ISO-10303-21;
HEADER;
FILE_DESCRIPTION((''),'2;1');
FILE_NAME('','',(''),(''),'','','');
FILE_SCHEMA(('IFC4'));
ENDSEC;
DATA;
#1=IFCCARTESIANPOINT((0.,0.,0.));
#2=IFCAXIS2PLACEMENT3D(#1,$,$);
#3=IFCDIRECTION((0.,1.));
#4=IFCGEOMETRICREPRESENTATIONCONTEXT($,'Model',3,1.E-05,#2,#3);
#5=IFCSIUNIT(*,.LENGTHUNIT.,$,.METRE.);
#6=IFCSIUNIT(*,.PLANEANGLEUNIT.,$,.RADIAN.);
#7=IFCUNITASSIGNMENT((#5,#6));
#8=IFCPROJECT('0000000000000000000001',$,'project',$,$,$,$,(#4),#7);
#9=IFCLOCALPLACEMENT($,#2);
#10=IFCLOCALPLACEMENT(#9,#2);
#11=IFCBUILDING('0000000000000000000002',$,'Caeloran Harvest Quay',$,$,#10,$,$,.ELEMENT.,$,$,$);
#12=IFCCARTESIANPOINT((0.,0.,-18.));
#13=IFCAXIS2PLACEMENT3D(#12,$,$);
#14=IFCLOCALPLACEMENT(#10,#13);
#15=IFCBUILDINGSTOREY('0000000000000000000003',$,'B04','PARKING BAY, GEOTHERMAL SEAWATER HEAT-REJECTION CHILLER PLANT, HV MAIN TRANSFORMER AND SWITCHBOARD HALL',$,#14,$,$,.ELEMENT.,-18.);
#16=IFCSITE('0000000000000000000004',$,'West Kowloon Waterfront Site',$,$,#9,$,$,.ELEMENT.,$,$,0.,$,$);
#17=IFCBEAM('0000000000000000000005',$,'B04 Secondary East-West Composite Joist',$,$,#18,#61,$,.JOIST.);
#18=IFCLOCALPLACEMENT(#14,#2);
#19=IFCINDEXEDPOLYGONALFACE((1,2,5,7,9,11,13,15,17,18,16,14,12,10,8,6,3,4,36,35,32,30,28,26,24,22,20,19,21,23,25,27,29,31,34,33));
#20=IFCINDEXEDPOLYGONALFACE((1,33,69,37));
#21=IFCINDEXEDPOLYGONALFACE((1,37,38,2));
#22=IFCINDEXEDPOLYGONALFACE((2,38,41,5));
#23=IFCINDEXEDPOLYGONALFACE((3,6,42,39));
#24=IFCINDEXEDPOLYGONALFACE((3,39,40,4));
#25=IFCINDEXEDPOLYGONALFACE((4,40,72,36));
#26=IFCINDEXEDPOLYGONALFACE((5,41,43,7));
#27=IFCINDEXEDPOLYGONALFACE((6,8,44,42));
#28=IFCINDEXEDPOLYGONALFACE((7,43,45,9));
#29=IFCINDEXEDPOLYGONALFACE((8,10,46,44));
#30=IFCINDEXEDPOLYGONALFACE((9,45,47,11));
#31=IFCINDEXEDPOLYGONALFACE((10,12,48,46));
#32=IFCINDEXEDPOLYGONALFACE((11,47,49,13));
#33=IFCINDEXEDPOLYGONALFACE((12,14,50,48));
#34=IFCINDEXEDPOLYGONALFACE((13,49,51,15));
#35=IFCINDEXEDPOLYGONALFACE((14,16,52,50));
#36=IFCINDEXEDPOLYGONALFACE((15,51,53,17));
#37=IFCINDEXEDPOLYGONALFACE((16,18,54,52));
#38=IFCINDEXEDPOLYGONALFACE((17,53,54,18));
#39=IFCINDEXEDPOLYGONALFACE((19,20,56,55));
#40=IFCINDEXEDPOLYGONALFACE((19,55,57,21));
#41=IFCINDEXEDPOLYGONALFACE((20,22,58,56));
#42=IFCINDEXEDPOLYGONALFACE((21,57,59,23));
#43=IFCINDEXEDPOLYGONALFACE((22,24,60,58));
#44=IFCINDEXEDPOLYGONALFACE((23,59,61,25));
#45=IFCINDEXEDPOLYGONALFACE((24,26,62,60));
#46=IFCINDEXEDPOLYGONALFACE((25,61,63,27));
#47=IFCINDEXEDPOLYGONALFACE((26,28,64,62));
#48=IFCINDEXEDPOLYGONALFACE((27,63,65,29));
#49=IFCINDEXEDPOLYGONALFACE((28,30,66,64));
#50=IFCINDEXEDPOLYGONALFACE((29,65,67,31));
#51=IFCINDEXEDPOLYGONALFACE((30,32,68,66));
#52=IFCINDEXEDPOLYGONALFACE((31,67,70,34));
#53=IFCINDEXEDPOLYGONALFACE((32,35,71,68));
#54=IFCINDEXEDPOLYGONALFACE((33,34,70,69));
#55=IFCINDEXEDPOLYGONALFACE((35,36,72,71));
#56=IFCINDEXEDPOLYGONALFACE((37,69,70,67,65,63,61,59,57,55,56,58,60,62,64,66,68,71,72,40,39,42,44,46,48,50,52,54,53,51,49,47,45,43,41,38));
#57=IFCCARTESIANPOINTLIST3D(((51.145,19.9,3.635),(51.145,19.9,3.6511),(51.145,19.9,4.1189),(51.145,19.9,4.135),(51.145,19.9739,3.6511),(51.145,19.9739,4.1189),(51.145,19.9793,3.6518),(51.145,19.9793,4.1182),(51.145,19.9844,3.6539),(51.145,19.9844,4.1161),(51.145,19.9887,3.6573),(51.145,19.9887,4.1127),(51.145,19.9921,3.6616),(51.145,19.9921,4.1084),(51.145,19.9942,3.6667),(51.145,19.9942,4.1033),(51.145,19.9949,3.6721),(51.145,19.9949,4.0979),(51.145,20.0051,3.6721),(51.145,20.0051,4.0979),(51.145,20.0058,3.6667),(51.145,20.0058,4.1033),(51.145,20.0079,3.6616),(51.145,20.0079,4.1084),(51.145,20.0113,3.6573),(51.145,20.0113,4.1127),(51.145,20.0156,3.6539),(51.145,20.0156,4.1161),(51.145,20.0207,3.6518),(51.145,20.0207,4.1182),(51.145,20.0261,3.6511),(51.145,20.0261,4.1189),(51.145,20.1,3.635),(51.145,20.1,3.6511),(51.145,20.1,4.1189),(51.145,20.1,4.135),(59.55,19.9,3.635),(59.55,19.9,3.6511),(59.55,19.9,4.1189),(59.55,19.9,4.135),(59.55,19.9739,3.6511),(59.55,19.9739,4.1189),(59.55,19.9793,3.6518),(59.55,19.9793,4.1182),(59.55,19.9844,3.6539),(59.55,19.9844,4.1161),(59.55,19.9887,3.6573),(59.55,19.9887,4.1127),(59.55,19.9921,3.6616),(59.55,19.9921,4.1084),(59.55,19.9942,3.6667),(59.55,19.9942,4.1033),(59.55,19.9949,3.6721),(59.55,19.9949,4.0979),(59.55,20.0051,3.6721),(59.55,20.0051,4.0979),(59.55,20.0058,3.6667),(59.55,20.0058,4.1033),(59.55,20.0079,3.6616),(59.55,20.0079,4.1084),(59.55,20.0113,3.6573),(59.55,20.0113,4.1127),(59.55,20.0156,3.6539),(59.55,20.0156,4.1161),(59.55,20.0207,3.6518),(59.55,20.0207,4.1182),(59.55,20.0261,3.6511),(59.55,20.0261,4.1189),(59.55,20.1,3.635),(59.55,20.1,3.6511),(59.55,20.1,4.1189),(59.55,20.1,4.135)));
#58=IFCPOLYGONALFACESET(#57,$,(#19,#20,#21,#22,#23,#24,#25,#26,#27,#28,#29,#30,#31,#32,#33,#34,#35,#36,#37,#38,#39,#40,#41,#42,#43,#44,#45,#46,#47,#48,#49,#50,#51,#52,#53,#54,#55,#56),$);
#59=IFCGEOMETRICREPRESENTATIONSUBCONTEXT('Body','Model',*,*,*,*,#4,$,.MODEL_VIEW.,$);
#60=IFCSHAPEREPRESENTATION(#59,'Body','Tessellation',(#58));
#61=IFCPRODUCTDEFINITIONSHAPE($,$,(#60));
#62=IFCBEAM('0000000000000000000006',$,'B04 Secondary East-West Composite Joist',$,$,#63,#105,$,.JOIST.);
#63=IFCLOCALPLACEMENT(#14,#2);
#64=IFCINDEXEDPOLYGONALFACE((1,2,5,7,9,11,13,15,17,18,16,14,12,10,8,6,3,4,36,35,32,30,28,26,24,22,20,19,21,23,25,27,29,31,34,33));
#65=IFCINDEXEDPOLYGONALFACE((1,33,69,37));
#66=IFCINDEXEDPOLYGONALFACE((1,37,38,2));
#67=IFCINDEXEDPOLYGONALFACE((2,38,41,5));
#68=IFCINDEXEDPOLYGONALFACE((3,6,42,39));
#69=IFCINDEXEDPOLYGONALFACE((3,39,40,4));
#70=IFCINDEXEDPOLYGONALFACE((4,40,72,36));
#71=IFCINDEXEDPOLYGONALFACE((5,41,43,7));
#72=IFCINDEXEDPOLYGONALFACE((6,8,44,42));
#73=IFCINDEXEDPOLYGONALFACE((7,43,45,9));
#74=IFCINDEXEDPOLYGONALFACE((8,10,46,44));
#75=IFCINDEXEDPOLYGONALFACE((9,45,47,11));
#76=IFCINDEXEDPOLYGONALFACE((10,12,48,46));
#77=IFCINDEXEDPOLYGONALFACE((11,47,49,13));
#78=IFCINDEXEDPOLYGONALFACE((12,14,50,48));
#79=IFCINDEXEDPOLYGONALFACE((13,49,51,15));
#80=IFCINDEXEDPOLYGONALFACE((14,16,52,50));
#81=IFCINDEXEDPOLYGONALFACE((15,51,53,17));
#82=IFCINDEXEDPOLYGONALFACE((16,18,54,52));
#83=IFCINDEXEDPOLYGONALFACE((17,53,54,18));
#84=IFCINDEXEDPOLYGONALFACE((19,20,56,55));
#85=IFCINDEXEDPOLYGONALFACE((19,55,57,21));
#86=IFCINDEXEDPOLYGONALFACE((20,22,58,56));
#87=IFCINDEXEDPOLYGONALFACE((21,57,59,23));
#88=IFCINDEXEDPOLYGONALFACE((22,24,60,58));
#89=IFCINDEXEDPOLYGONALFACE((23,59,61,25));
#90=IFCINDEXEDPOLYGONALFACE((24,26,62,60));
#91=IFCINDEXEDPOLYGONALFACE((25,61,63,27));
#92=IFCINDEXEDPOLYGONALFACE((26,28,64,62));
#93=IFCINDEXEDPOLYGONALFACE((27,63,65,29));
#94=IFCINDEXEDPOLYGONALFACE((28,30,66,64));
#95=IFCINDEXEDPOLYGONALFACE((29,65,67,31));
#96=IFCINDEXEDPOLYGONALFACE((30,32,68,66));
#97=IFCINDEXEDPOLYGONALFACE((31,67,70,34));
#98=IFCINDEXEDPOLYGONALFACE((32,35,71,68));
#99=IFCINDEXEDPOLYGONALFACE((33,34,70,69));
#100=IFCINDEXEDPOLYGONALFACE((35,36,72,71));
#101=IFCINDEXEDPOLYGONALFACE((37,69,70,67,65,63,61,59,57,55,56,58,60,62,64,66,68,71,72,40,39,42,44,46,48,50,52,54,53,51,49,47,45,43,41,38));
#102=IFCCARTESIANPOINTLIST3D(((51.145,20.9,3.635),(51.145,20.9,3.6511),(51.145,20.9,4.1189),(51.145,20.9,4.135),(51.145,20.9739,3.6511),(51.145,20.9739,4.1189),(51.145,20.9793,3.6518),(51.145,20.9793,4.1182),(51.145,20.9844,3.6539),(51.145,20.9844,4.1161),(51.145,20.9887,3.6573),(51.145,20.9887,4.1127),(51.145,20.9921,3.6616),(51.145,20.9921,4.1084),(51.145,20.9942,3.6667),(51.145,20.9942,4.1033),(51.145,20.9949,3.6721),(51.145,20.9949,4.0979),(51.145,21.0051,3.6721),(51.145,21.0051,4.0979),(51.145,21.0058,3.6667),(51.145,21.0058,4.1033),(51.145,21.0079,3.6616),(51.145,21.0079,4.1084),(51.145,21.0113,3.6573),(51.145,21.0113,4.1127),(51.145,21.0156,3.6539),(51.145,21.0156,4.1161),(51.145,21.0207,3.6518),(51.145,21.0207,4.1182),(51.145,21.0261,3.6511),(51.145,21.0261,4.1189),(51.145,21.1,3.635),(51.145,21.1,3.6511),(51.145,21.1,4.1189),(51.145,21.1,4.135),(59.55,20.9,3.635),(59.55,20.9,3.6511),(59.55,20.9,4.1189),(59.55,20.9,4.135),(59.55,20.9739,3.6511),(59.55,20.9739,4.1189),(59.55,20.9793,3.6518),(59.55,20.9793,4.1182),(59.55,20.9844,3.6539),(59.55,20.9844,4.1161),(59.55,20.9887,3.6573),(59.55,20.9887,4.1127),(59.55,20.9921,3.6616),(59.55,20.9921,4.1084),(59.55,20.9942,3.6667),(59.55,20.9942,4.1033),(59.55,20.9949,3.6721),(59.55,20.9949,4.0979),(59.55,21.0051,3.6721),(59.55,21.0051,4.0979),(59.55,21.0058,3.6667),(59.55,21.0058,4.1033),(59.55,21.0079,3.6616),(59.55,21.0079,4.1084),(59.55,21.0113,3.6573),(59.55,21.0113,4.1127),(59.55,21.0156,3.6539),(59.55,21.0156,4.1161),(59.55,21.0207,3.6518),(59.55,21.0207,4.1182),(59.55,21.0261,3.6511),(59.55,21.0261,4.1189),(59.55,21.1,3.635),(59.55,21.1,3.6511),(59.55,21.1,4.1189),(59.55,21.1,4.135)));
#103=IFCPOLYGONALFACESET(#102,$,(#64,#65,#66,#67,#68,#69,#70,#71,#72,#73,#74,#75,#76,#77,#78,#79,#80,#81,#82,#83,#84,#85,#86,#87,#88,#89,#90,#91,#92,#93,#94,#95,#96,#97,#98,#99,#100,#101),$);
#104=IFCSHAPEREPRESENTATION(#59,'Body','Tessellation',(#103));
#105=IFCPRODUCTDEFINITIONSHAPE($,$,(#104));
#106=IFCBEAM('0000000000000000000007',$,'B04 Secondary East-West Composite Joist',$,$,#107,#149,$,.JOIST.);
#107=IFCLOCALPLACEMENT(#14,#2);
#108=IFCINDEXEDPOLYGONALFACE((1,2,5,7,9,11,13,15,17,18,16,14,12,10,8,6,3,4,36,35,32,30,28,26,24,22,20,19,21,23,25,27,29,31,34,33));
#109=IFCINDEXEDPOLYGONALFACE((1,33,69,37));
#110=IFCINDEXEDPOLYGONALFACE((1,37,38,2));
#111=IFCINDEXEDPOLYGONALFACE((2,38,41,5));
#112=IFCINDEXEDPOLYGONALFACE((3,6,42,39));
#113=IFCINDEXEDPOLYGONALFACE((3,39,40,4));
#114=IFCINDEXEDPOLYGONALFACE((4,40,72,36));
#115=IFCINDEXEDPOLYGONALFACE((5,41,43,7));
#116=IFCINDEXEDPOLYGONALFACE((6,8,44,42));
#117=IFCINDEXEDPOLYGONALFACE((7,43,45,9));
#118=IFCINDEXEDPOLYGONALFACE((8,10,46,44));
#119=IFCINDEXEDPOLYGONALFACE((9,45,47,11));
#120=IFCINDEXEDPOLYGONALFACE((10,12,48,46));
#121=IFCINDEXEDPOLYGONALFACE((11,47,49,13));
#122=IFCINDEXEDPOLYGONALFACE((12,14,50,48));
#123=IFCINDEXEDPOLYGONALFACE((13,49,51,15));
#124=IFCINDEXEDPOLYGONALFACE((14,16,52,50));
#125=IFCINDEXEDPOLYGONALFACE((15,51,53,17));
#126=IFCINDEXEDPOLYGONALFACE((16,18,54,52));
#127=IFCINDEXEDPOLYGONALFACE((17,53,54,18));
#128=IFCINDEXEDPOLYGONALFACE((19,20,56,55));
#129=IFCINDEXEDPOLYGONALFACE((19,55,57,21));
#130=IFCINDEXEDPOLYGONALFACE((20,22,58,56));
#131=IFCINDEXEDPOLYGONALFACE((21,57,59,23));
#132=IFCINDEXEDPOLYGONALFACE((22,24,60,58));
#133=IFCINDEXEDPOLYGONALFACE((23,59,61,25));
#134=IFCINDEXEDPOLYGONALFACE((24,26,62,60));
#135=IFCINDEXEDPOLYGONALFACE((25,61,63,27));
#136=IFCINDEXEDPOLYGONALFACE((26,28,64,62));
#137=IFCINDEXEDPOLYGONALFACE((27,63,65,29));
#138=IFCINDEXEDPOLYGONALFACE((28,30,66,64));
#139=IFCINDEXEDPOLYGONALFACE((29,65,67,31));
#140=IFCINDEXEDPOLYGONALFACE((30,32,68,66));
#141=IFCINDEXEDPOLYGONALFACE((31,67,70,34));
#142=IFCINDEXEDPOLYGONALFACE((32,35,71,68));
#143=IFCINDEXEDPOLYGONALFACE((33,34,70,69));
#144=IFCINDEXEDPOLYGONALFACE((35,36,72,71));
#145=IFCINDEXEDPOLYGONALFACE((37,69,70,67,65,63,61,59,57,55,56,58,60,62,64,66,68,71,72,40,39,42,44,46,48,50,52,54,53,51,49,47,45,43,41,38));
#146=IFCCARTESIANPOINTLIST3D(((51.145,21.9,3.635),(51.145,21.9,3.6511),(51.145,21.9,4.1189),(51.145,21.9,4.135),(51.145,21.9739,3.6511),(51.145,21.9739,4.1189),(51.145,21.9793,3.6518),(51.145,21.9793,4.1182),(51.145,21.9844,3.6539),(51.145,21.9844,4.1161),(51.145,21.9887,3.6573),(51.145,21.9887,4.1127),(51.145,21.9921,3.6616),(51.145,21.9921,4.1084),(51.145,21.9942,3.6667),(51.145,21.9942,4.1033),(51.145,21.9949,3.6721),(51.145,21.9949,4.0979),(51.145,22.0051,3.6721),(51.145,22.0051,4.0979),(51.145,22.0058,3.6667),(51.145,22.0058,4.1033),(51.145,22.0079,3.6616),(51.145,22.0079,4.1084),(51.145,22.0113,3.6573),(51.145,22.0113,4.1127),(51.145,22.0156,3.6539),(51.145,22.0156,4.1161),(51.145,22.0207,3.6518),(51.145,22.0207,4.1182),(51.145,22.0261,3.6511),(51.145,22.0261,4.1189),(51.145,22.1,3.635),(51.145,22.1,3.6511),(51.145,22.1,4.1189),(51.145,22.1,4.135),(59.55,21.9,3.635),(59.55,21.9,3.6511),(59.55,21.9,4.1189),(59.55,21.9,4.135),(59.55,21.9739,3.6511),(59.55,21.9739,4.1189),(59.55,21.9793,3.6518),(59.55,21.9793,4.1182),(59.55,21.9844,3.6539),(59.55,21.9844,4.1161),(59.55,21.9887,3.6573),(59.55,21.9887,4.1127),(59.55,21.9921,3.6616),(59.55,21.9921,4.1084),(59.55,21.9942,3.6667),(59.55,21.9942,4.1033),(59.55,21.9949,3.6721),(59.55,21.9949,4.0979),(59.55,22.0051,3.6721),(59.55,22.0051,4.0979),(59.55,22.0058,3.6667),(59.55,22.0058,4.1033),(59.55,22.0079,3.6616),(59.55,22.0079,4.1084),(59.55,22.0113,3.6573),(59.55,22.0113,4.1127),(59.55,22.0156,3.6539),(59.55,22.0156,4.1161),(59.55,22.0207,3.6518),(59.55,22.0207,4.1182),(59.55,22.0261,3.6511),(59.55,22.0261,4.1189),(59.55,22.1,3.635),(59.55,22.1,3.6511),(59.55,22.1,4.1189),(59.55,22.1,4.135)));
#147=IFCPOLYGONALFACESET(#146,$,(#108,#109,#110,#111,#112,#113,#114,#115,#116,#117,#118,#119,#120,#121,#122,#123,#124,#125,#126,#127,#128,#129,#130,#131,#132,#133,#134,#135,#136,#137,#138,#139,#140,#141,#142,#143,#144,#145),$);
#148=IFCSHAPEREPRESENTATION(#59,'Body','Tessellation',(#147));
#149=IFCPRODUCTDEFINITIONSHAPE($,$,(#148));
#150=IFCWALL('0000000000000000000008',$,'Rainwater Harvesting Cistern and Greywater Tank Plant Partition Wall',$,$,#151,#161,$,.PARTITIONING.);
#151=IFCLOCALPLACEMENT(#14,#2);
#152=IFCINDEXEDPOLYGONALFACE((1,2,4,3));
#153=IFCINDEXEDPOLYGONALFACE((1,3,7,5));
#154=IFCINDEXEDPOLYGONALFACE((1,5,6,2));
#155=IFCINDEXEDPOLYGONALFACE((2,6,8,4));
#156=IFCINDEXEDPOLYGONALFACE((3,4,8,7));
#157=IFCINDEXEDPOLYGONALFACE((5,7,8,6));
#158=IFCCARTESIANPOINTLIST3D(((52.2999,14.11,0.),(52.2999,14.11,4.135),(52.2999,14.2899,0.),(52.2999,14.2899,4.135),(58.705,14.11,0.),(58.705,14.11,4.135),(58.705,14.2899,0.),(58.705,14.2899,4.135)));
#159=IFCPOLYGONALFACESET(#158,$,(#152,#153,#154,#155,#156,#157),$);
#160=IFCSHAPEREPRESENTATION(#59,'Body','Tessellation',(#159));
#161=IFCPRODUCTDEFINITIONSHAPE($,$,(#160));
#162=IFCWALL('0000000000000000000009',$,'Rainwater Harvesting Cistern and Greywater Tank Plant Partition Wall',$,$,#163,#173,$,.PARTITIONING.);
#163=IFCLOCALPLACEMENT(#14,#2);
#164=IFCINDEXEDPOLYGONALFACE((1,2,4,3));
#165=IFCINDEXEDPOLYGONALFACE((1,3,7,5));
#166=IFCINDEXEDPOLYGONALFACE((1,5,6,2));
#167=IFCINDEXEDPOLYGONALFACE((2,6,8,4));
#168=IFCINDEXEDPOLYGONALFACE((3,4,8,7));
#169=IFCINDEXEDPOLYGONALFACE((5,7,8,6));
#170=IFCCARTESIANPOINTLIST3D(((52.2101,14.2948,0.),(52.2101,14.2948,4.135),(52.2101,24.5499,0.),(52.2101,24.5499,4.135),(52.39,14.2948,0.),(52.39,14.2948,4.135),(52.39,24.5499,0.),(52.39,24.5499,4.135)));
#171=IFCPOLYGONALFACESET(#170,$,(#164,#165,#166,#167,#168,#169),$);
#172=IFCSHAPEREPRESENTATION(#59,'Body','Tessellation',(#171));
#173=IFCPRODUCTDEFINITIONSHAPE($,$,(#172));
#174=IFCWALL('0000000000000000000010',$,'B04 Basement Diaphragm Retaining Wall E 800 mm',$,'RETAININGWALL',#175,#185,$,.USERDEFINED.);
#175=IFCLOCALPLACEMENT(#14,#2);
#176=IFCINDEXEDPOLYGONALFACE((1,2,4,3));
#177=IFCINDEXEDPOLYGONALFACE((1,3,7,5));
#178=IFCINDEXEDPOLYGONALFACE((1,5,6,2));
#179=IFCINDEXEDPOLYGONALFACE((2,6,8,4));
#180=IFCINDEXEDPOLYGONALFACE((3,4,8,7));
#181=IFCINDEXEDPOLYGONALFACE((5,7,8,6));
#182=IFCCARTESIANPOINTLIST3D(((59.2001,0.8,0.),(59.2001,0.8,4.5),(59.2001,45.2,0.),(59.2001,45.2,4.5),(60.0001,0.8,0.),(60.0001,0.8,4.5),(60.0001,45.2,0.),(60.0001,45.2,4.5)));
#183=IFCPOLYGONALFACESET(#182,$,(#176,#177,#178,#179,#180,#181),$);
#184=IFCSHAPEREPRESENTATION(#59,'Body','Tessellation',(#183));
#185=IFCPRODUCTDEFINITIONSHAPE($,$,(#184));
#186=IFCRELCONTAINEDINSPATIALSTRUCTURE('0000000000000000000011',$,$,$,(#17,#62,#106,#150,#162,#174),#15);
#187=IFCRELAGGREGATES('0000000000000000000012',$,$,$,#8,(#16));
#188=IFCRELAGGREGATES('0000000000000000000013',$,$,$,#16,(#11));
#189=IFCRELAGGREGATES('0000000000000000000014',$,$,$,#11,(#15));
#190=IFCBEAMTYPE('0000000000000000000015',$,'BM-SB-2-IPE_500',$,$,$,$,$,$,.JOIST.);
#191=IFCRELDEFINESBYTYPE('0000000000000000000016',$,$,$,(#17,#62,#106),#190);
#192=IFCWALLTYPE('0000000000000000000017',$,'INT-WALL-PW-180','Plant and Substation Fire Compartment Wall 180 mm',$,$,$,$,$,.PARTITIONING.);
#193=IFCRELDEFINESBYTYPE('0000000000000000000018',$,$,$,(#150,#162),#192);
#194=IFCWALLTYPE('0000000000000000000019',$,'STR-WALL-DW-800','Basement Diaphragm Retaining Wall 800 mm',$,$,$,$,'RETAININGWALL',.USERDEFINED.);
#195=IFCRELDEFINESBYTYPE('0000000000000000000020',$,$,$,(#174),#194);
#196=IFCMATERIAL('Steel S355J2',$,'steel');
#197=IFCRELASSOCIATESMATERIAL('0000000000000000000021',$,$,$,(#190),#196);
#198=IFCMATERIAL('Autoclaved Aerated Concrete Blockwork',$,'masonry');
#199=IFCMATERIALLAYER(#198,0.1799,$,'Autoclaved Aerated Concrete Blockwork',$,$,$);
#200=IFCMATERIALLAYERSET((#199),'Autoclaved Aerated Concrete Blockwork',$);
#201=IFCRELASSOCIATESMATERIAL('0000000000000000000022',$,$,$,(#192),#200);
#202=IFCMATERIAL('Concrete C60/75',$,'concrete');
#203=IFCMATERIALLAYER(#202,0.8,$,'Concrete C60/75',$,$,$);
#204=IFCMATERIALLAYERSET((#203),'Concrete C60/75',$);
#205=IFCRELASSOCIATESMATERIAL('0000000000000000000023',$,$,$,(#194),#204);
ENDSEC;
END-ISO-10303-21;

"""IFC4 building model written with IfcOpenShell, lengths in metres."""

from ifc_helpers import new_model, si_unit, direction, frame, frame_2d, origin, origin_2d, place, context, subcontext, project, spatial, rectangle, i_section, extrude, material, layer, layer_set, material_profile, profile_set, type_object, element, save


model = new_model("IFC4")

# Units and contexts
model_context = context("Model", 3, precision=1e-05, world=origin(), true_north=direction((0.0, 1.0)))
body_context = subcontext(model_context, "Body", "Model", "MODEL_VIEW")
ifc_project = project(units=[si_unit("LENGTHUNIT", "METRE"), si_unit("PLANEANGLEUNIT", "RADIAN")], contexts=[model_context])

# Site, building, storey
site_placement = place(None, origin())
site = spatial("IfcSite", under=ifc_project, at=site_placement, Name="West Kowloon Waterfront Site", CompositionType="ELEMENT", RefElevation=0.0)
building_placement = place(site_placement, origin())
building = spatial("IfcBuilding", under=site, at=building_placement, Name="Caeloran Harvest Quay", CompositionType="ELEMENT")
storey_placement = place(building_placement, frame((0.0, 0.0, -18.0)))
storey = spatial("IfcBuildingStorey", under=building, at=storey_placement, Name="B04", Description="PARKING BAY, GEOTHERMAL SEAWATER HEAT-REJECTION CHILLER PLANT, HV MAIN TRANSFORMER AND SWITCHBOARD HALL", CompositionType="ELEMENT", Elevation=-18.0)

# Shared definitions
ifc_material_1 = material(Name="Concrete C60/75", Category="concrete")

# Beams
ifc_material_2 = material(Name="Steel S355J2", Category="steel")
ifc_material_profile_1 = material_profile(ifc_material_2, i_section(OverallWidth=0.2, OverallDepth=0.5, WebThickness=0.0103, FlangeThickness=0.0161, FilletRadius=0.021, at=origin_2d()), Name="IPE 500")
ifc_profile_set_1 = profile_set([ifc_material_profile_1], Name="Steel S355J2")
beam_type_1 = type_object("IfcBeamType", Name="BM-SB-2-IPE_500", PredefinedType="JOIST", material=ifc_profile_set_1)
for number, where, z_axis, x_axis, name in (
    (1, (51.145, 20.0, 3.885), (1.0, 0.0, 0.0), (0.0, 1.0, 0.0), "B04 Secondary East-West Composite Joist"),
    (2, (51.145, 21.0, 3.885), (1.0, 0.0, 0.0), (0.0, 1.0, 0.0), "B04 Secondary East-West Composite Joist"),
    (3, (51.145, 22.0, 3.885), (1.0, 0.0, 0.0), (0.0, 1.0, 0.0), "B04 Secondary East-West Composite Joist"),
):
    element("IfcBeam", number, at=place(storey_placement, frame(where, z_axis=z_axis, x_axis=x_axis)), inside=storey, type_object=beam_type_1, Name=name, PredefinedType="JOIST", context=body_context, shape_type="SweptSolid", body=[
        extrude(i_section(OverallWidth=0.2, OverallDepth=0.5, WebThickness=0.0103, FlangeThickness=0.0161, FilletRadius=0.021, at=origin_2d()), origin(), (0.0, 0.0, 1.0), 8.405),
    ])

# Walls
ifc_material_3 = material(Name="Autoclaved Aerated Concrete Blockwork", Category="masonry")
ifc_layer_1 = layer(ifc_material_3, 0.1799, Name="Autoclaved Aerated Concrete Blockwork")
ifc_layer_set_1 = layer_set([ifc_layer_1], Name="Autoclaved Aerated Concrete Blockwork")
wall_type_1 = type_object("IfcWallType", Name="INT-WALL-PW-180", Description="Plant and Substation Fire Compartment Wall 180 mm", PredefinedType="PARTITIONING", material=ifc_layer_set_1)
wall_1_placement = place(storey_placement, frame((58.7051, 14.2, 0.0), z_axis=(0.0, 0.0, 1.0), x_axis=(-1.0, 0.0, 0.0)))
element("IfcWall", 4, at=wall_1_placement, inside=storey, type_object=wall_type_1, Name="Rainwater Harvesting Cistern and Greywater Tank Plant Partition Wall", PredefinedType="PARTITIONING", context=body_context, shape_type="SweptSolid", body=[
    extrude(rectangle(XDim=6.405, YDim=0.1799, at=frame_2d((3.2026, 0.0))), origin(), (0.0, 0.0, 1.0), 4.135),
])
wall_2_placement = place(storey_placement, frame((52.3, 14.2949, 0.0), z_axis=(0.0, 0.0, 1.0), x_axis=(0.0, 1.0, 0.0)))
element("IfcWall", 5, at=wall_2_placement, inside=storey, type_object=wall_type_1, Name="Rainwater Harvesting Cistern and Greywater Tank Plant Partition Wall", PredefinedType="PARTITIONING", context=body_context, shape_type="SweptSolid", body=[
    extrude(rectangle(XDim=10.2551, YDim=0.1799, at=frame_2d((5.1274, 0.0))), origin(), (0.0, 0.0, 1.0), 4.135),
])
ifc_layer_2 = layer(ifc_material_1, 0.8, Name="Concrete C60/75")
ifc_layer_set_2 = layer_set([ifc_layer_2], Name="Concrete C60/75")
wall_type_2 = type_object("IfcWallType", Name="STR-WALL-DW-800", Description="Basement Diaphragm Retaining Wall 800 mm", ElementType="RETAININGWALL", PredefinedType="USERDEFINED", material=ifc_layer_set_2)
wall_3_placement = place(storey_placement, frame((59.6001, 0.8, 0.0), z_axis=(0.0, 0.0, 1.0), x_axis=(0.0, 1.0, 0.0)))
element("IfcWall", 6, at=wall_3_placement, inside=storey, type_object=wall_type_2, Name="B04 Basement Diaphragm Retaining Wall E 800 mm", ObjectType="RETAININGWALL", PredefinedType="USERDEFINED", context=body_context, shape_type="SweptSolid", body=[
    extrude(rectangle(XDim=44.3999, YDim=0.8, at=frame_2d((22.2, 0.0))), origin(), (0.0, 0.0, 1.0), 4.5),
])

save(model, "model.ifc")
